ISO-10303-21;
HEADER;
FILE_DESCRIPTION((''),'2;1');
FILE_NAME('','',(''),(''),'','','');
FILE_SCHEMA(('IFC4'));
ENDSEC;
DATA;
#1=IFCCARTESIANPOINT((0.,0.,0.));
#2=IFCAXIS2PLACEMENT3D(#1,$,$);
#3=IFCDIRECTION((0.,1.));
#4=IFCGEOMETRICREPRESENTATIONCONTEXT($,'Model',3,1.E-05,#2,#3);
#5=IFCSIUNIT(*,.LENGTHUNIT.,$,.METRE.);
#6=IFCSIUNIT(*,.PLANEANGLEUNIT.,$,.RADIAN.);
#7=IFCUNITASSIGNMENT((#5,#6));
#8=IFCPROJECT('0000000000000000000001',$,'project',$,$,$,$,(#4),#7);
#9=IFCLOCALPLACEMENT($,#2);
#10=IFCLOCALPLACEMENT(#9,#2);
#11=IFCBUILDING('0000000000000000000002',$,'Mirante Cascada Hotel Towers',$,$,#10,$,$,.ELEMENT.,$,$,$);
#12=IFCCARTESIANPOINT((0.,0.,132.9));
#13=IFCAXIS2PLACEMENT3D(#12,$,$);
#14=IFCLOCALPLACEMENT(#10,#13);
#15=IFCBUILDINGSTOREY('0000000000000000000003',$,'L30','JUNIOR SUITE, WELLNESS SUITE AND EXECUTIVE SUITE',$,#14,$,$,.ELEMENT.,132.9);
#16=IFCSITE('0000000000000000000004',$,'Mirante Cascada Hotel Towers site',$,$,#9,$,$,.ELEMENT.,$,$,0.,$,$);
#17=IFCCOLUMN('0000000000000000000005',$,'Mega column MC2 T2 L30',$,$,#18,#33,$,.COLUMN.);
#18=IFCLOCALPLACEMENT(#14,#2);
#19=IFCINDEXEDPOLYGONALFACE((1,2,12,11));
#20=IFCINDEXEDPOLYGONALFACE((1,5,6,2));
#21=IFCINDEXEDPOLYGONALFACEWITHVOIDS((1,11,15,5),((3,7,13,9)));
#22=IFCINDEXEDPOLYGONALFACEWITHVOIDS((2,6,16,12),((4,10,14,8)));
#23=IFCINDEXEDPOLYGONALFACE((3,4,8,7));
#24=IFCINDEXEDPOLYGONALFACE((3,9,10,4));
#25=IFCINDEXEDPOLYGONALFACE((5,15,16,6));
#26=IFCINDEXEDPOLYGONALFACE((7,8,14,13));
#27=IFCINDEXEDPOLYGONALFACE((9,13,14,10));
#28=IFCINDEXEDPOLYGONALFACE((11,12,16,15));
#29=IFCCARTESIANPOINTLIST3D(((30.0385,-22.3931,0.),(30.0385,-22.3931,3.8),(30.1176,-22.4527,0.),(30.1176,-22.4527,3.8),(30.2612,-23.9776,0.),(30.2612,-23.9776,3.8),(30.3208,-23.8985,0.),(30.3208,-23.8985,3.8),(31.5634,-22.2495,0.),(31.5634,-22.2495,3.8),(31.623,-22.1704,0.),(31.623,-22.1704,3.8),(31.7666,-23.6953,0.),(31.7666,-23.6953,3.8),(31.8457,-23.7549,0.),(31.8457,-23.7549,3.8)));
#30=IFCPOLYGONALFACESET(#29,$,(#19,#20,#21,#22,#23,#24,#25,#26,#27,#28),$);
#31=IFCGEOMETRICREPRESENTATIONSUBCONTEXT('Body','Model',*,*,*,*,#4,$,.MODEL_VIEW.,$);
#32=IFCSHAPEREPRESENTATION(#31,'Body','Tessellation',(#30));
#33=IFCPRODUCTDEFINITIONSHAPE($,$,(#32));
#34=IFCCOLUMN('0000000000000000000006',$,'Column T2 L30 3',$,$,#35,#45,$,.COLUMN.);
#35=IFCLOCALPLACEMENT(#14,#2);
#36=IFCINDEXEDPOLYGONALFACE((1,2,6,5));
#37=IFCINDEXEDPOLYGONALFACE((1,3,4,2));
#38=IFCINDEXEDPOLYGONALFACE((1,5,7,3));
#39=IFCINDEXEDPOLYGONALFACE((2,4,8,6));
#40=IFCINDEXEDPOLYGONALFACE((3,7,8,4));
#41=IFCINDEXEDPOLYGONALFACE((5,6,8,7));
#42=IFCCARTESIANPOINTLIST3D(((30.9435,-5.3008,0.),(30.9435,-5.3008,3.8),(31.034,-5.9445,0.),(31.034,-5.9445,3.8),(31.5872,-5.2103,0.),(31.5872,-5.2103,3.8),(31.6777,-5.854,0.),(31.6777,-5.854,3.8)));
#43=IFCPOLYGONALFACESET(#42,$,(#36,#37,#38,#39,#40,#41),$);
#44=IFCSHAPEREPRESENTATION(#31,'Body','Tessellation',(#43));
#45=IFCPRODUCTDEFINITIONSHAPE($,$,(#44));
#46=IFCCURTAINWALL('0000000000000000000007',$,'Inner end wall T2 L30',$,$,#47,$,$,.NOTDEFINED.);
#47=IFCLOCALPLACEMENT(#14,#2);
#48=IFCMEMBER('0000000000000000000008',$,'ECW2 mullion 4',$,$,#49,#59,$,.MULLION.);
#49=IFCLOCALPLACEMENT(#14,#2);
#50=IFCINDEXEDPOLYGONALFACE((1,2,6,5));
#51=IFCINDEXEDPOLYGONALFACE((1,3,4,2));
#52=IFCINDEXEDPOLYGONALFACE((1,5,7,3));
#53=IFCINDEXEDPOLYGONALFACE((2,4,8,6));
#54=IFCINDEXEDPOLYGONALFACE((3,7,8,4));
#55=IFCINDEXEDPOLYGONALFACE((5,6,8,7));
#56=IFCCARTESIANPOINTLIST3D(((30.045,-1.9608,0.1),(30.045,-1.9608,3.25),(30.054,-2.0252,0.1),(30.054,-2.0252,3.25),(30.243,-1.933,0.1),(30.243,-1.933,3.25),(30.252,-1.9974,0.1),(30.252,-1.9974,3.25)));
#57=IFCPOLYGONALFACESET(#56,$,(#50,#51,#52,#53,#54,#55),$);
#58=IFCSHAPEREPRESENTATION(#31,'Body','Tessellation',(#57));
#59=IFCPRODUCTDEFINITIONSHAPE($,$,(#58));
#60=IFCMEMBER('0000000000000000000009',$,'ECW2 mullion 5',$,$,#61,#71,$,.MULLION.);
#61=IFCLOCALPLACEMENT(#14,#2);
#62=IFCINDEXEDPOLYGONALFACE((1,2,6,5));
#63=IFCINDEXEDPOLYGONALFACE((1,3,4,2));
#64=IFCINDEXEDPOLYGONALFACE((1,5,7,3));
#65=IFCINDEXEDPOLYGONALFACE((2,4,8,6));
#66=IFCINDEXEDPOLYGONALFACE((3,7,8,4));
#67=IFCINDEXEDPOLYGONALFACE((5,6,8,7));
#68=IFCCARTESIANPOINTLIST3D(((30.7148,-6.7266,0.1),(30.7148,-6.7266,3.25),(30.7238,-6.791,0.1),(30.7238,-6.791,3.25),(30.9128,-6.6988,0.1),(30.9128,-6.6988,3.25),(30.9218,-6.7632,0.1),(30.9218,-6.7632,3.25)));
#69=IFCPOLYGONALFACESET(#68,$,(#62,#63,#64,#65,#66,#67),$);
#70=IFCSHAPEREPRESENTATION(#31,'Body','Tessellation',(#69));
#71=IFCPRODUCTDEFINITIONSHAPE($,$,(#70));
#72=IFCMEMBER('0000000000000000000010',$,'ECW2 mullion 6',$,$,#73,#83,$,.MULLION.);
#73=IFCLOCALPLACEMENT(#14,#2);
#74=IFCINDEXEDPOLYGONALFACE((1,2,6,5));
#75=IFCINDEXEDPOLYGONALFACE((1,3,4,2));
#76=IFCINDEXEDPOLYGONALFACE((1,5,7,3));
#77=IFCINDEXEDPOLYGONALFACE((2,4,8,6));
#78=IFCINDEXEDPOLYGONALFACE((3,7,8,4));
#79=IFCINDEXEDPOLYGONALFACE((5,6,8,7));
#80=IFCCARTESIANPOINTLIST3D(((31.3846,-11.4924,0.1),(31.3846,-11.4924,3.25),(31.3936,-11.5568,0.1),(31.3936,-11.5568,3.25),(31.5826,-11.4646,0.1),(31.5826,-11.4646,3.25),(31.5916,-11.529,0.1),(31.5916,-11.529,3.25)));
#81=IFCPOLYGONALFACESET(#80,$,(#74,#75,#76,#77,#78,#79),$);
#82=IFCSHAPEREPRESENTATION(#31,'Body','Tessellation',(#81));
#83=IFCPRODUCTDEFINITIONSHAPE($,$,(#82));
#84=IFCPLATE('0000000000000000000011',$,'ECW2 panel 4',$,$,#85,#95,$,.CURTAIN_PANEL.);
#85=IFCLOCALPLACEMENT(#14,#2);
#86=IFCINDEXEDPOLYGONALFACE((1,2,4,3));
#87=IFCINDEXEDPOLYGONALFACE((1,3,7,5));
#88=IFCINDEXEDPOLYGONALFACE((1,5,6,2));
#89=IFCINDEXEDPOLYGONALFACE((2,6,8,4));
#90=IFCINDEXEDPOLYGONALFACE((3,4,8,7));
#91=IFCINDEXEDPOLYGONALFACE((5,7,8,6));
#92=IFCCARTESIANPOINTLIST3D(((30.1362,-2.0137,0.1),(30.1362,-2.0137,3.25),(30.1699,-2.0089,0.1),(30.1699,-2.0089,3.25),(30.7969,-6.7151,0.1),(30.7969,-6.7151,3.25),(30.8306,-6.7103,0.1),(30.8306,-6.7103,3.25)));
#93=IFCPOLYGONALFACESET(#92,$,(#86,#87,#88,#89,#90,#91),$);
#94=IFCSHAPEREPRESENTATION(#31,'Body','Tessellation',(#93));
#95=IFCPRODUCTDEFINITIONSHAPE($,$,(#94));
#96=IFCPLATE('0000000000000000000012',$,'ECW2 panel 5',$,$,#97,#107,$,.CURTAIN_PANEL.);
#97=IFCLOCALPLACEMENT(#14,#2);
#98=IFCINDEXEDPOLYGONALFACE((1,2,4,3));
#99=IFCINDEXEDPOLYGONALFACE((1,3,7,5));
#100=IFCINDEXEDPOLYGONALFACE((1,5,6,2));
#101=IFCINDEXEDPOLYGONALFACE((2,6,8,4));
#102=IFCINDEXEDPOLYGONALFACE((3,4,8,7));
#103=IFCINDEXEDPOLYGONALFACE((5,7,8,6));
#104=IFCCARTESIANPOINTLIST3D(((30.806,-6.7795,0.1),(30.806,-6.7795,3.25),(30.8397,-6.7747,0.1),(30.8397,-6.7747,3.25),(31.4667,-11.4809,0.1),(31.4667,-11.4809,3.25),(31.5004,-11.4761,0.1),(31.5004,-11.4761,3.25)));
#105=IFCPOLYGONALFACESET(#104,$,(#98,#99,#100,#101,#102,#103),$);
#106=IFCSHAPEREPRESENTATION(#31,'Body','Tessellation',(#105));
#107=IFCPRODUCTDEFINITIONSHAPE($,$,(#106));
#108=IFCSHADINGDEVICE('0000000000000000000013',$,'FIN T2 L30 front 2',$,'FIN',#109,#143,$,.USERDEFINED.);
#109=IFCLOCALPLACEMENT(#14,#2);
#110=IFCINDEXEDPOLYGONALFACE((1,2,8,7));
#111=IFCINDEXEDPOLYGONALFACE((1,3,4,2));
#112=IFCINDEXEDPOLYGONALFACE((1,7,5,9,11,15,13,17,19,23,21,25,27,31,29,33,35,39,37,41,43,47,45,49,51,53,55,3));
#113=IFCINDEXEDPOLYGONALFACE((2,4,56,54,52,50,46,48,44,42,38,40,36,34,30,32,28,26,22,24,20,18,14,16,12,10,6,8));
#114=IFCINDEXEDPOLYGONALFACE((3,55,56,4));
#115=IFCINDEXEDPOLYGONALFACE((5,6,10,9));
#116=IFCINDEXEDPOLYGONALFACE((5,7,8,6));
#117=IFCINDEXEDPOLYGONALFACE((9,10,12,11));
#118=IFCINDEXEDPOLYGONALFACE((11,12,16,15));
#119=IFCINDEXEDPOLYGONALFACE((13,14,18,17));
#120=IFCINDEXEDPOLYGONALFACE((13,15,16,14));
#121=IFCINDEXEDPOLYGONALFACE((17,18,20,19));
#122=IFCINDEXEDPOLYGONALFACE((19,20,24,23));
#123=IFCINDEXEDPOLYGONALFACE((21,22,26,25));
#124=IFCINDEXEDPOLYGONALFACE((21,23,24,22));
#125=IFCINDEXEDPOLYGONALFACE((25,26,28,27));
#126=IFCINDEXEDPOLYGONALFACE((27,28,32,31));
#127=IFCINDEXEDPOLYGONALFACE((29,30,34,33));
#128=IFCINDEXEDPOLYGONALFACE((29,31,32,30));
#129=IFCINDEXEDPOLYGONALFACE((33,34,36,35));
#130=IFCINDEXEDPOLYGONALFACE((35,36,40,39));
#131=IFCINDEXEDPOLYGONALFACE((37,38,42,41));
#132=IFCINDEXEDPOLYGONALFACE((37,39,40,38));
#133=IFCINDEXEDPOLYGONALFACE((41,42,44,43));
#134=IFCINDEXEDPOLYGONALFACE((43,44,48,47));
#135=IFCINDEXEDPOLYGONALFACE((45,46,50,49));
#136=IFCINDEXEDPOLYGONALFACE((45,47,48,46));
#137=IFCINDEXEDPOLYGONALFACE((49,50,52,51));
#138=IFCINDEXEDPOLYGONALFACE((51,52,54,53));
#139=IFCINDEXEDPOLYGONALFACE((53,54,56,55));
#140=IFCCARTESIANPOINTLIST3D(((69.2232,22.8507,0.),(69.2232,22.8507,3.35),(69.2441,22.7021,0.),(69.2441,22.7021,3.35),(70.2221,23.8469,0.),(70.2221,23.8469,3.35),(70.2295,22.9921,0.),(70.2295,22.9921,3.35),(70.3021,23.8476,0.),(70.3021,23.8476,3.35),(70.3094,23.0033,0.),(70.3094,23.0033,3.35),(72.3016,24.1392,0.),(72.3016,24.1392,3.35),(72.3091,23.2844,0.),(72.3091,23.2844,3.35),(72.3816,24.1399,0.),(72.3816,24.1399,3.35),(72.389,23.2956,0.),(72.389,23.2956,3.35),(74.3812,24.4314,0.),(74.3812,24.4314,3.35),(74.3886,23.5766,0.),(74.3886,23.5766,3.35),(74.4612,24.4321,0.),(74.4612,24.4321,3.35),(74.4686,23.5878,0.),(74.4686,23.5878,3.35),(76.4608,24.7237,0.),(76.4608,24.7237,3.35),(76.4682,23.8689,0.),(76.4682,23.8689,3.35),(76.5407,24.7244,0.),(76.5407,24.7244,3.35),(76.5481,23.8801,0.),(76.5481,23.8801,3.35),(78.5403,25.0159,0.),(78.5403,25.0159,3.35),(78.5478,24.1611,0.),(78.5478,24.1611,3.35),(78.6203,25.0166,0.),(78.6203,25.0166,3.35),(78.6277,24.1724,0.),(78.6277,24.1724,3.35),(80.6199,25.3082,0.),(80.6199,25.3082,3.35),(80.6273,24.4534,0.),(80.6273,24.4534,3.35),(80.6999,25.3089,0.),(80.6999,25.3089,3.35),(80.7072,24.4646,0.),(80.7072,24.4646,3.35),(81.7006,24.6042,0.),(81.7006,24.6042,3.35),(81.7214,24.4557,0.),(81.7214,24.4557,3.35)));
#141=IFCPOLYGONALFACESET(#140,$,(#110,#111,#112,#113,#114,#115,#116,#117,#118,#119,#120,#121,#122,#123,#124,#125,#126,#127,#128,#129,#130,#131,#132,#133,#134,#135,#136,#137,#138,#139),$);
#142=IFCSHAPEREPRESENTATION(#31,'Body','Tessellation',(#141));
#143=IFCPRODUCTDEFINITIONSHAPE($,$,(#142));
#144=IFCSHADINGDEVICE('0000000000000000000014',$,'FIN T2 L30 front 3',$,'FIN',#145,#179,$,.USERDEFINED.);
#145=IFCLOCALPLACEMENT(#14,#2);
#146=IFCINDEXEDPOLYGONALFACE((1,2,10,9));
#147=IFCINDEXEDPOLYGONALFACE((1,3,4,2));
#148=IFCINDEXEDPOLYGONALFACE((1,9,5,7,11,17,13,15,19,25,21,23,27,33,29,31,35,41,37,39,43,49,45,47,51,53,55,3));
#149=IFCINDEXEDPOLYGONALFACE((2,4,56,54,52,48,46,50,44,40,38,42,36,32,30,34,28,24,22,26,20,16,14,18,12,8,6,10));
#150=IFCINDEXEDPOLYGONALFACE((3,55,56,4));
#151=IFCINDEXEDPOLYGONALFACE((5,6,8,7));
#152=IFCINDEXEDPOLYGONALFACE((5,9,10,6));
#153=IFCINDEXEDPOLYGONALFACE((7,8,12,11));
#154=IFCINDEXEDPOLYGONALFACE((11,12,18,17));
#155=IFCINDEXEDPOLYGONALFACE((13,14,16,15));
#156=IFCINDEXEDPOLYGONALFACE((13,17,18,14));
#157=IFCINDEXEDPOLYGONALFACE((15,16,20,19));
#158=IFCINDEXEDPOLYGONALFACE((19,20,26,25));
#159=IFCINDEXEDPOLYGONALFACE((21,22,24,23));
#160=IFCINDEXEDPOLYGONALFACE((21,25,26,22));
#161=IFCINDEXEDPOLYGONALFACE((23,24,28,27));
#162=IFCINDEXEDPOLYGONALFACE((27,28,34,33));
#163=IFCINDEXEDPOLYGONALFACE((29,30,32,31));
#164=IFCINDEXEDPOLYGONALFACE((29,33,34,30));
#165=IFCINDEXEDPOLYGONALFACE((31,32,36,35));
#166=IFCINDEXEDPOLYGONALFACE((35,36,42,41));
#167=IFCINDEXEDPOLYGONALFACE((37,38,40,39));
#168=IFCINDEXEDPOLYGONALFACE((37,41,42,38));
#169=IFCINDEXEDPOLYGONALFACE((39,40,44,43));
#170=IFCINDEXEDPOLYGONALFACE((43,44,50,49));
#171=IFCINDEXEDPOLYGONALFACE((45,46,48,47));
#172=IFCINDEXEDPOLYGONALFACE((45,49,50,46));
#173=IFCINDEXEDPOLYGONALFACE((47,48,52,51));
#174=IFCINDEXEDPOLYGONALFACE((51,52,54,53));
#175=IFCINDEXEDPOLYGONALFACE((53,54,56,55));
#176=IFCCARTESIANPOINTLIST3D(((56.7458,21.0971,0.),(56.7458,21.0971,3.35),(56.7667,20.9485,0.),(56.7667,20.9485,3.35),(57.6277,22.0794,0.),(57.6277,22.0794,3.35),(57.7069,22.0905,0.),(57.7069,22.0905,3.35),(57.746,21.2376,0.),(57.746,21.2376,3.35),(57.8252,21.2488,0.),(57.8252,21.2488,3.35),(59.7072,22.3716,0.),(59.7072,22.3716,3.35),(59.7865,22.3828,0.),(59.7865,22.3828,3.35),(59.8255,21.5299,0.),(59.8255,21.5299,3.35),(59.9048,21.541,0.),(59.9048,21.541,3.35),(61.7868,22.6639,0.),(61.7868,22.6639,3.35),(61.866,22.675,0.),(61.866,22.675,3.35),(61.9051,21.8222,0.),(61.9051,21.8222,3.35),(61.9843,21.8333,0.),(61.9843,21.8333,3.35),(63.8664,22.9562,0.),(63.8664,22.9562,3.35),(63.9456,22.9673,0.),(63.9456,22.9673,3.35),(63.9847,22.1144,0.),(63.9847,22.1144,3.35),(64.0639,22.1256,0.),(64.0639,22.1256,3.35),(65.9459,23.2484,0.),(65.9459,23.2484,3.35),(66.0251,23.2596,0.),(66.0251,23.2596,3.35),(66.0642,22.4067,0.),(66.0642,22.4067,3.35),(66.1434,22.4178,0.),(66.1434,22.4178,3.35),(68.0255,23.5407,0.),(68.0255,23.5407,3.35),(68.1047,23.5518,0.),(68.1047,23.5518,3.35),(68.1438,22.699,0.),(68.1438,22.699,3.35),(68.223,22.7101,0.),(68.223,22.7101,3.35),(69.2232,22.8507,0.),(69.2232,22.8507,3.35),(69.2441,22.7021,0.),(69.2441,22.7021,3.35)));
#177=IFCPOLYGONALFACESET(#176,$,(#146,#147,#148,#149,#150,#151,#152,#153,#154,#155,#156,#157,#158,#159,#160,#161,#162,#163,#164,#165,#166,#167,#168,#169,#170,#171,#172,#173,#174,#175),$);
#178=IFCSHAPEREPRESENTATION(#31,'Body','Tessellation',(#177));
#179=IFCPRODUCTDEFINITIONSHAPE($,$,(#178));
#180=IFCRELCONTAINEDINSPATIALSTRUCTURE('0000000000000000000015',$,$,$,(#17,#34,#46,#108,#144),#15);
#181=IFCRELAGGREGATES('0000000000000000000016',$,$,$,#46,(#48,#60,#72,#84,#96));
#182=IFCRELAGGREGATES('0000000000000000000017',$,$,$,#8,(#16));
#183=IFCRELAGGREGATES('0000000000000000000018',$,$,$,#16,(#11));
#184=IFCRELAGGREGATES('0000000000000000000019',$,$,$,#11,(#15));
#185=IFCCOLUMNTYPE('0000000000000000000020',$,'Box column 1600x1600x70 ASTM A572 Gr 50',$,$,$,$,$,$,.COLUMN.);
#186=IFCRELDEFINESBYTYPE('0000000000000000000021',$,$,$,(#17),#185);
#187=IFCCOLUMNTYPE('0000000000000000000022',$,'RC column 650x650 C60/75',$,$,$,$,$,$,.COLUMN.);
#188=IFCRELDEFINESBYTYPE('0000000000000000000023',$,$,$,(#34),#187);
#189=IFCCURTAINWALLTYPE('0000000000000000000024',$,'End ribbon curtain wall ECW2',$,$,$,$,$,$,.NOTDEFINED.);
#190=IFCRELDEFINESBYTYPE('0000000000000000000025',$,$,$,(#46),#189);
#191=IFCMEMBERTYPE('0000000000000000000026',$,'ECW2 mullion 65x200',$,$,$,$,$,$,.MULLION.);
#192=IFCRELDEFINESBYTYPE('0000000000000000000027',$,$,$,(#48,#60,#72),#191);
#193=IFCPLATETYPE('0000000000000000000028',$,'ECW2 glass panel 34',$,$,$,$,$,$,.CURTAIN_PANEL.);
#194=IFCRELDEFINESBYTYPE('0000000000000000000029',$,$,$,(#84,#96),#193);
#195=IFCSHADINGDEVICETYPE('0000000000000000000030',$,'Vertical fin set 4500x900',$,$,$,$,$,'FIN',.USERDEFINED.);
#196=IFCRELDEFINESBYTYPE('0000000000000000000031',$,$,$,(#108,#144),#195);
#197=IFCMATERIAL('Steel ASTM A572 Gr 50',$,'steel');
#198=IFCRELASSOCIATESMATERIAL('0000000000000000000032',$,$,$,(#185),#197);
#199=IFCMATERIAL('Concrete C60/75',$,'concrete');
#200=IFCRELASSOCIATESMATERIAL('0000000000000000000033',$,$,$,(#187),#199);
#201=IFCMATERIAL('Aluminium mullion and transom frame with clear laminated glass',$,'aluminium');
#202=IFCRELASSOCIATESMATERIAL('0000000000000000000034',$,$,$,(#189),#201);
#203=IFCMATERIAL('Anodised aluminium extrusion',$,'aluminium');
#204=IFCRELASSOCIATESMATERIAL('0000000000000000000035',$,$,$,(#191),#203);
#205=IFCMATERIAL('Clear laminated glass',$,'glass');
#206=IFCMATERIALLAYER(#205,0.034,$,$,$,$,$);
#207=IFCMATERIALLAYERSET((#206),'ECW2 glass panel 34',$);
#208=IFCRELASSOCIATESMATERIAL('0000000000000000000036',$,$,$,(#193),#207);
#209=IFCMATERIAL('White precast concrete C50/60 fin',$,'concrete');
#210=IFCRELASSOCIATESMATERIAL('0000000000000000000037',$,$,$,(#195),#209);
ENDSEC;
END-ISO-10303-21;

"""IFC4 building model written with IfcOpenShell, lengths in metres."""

from ifc_helpers import new_model, si_unit, direction, frame, origin, origin_2d, place, context, subcontext, project, spatial, polyline, rectangle, hollow_rectangle, outline, extrude, material, layer, layer_set, material_profile, profile_set, type_object, element, aggregate, save


model = new_model("IFC4")

# Units and contexts
model_context = context("Model", 3, precision=1e-05, world=origin(), true_north=direction((0.0, 1.0)))
body_context = subcontext(model_context, "Body", "Model", "MODEL_VIEW")
ifc_project = project(units=[si_unit("LENGTHUNIT", "METRE"), si_unit("PLANEANGLEUNIT", "RADIAN")], contexts=[model_context])

# Site, building, storey
site_placement = place(None, origin())
site = spatial("IfcSite", under=ifc_project, at=site_placement, Name="Mirante Cascada Hotel Towers site", CompositionType="ELEMENT", RefElevation=0.0)
building_placement = place(site_placement, origin())
building = spatial("IfcBuilding", under=site, at=building_placement, Name="Mirante Cascada Hotel Towers", CompositionType="ELEMENT")
storey_placement = place(building_placement, frame((0.0, 0.0, 132.9)))
storey = spatial("IfcBuildingStorey", under=building, at=storey_placement, Name="L30", Description="JUNIOR SUITE, WELLNESS SUITE AND EXECUTIVE SUITE", CompositionType="ELEMENT", Elevation=132.9)

# Columns
ifc_material_1 = material(Name="Steel ASTM A572 Gr 50", Category="steel")
ifc_material_profile_1 = material_profile(ifc_material_1, hollow_rectangle(XDim=1.6, YDim=1.6, WallThickness=0.07, at=origin_2d()), Name="Box column 1600x1600x70 ASTM A572 Gr 50")
ifc_profile_set_1 = profile_set([ifc_material_profile_1], Name="Steel ASTM A572 Gr 50")
column_type_1 = type_object("IfcColumnType", Name="Box column 1600x1600x70 ASTM A572 Gr 50", PredefinedType="COLUMN", material=ifc_profile_set_1)
column_1_placement = place(storey_placement, frame((30.9421, -23.074, 0.0), z_axis=(0.0, 0.0, 1.0), x_axis=(0.990268, 0.139173, 0.0)))
element("IfcColumn", 1, at=column_1_placement, inside=storey, type_object=column_type_1, Name="Mega column MC2 T2 L30", PredefinedType="COLUMN", context=body_context, shape_type="SweptSolid", body=[
    extrude(hollow_rectangle(XDim=1.6, YDim=1.6, WallThickness=0.07, at=origin_2d()), origin(), (0.0, 0.0, 1.0), 3.8),
])
ifc_material_2 = material(Name="Concrete C60/75", Category="concrete")
ifc_material_profile_2 = material_profile(ifc_material_2, rectangle(XDim=0.65, YDim=0.65, at=origin_2d()), Name="RC column 650x650 C60/75")
ifc_profile_set_2 = profile_set([ifc_material_profile_2], Name="Concrete C60/75")
column_type_2 = type_object("IfcColumnType", Name="RC column 650x650 C60/75", PredefinedType="COLUMN", material=ifc_profile_set_2)
column_2_placement = place(storey_placement, frame((31.3106, -5.5774, 0.0), z_axis=(0.0, 0.0, 1.0), x_axis=(0.990268, 0.139173, 0.0)))
element("IfcColumn", 2, at=column_2_placement, inside=storey, type_object=column_type_2, Name="Column T2 L30 3", PredefinedType="COLUMN", context=body_context, shape_type="SweptSolid", body=[
    extrude(rectangle(XDim=0.65, YDim=0.65, at=origin_2d()), origin(), (0.0, 0.0, 1.0), 3.8),
])

# Curtain wall, members, plates
ifc_material_3 = material(Name="Aluminium mullion and transom frame with clear laminated glass", Category="aluminium")
curtain_wall_type = type_object("IfcCurtainWallType", Name="End ribbon curtain wall ECW2", PredefinedType="NOTDEFINED", material=ifc_material_3)
curtain_wall_placement = place(storey_placement, origin())
curtain_wall = element("IfcCurtainWall", 3, at=curtain_wall_placement, inside=storey, type_object=curtain_wall_type, Name="Inner end wall T2 L30", PredefinedType="NOTDEFINED")
ifc_material_4 = material(Name="Anodised aluminium extrusion", Category="aluminium")
ifc_material_profile_3 = material_profile(ifc_material_4, rectangle(XDim=0.2, YDim=0.065, at=origin_2d()), Name="ECW2 MULLION 65x200")
ifc_profile_set_3 = profile_set([ifc_material_profile_3], Name="Anodised aluminium extrusion")
member_type = type_object("IfcMemberType", Name="ECW2 mullion 65x200", PredefinedType="MULLION", material=ifc_profile_set_3)
member_1_placement = place(storey_placement, frame((30.1485, -1.9791, 0.1), z_axis=(0.0, 0.0, 1.0), x_axis=(0.990268, 0.139173, 0.0)))
member_1 = element("IfcMember", 4, at=member_1_placement, type_object=member_type, Name="ECW2 mullion 4", PredefinedType="MULLION", context=body_context, shape_type="SweptSolid", body=[
    extrude(rectangle(XDim=0.2, YDim=0.065, at=origin_2d()), origin(), (0.0, 0.0, 1.0), 3.15),
])
member_2_placement = place(storey_placement, frame((30.8183, -6.7449, 0.1), z_axis=(0.0, 0.0, 1.0), x_axis=(0.990268, 0.139173, 0.0)))
member_2 = element("IfcMember", 5, at=member_2_placement, type_object=member_type, Name="ECW2 mullion 5", PredefinedType="MULLION", context=body_context, shape_type="SweptSolid", body=[
    extrude(rectangle(XDim=0.2, YDim=0.065, at=origin_2d()), origin(), (0.0, 0.0, 1.0), 3.15),
])
member_3_placement = place(storey_placement, frame((31.4881, -11.5107, 0.1), z_axis=(0.0, 0.0, 1.0), x_axis=(0.990268, 0.139173, 0.0)))
member_3 = element("IfcMember", 6, at=member_3_placement, type_object=member_type, Name="ECW2 mullion 6", PredefinedType="MULLION", context=body_context, shape_type="SweptSolid", body=[
    extrude(rectangle(XDim=0.2, YDim=0.065, at=origin_2d()), origin(), (0.0, 0.0, 1.0), 3.15),
])
ifc_material_5 = material(Name="Clear laminated glass", Category="glass")
ifc_layer = layer(ifc_material_5, 0.034)
ifc_layer_set = layer_set([ifc_layer], Name="ECW2 glass panel 34")
plate_type = type_object("IfcPlateType", Name="ECW2 glass panel 34", PredefinedType="CURTAIN_PANEL", material=ifc_layer_set)
plate_1_placement = place(storey_placement, frame((30.4834, -4.362, 0.1), z_axis=(0.0, 0.0, 1.0), x_axis=(0.139173, -0.990268, 0.0)))
plate_1 = element("IfcPlate", 7, at=plate_1_placement, type_object=plate_type, Name="ECW2 panel 4", PredefinedType="CURTAIN_PANEL", context=body_context, shape_type="SweptSolid", body=[
    extrude(rectangle(XDim=4.7476, YDim=0.034, at=origin_2d()), origin(), (0.0, 0.0, 1.0), 3.15),
])
plate_2_placement = place(storey_placement, frame((31.1532, -9.1278, 0.1), z_axis=(0.0, 0.0, 1.0), x_axis=(0.139173, -0.990268, 0.0)))
plate_2 = element("IfcPlate", 8, at=plate_2_placement, type_object=plate_type, Name="ECW2 panel 5", PredefinedType="CURTAIN_PANEL", context=body_context, shape_type="SweptSolid", body=[
    extrude(rectangle(XDim=4.7476, YDim=0.034, at=origin_2d()), origin(), (0.0, 0.0, 1.0), 3.15),
])
aggregate(curtain_wall, [member_1, member_2, member_3, plate_1, plate_2])

# Shading devices
ifc_material_6 = material(Name="White precast concrete C50/60 fin", Category="concrete")
shading_device_type = type_object("IfcShadingDeviceType", Name="Vertical fin set 4500x900", ElementType="FIN", PredefinedType="USERDEFINED", material=ifc_material_6)
shading_device_1_placement = place(storey_placement, origin())
element("IfcShadingDevice", 9, at=shading_device_1_placement, inside=storey, type_object=shading_device_type, Name="FIN T2 L30 front 2", ObjectType="FIN", PredefinedType="USERDEFINED", context=body_context, shape_type="SweptSolid", body=[
    extrude(outline(polyline([(70.3021, 23.8476), (70.3094, 23.0033), (72.3091, 23.2844), (72.3016, 24.1392), (72.3816, 24.1399), (72.389, 23.2956), (74.3886, 23.5766), (74.3812, 24.4314), (74.4612, 24.4321), (74.4686, 23.5878), (76.4682, 23.8689), (76.4608, 24.7237), (76.5407, 24.7244), (76.5481, 23.8801), (78.5478, 24.1611), (78.5403, 25.0159), (78.6203, 25.0166), (78.6277, 24.1724), (80.6273, 24.4534), (80.6199, 25.3082), (80.6999, 25.3089), (80.7072, 24.4646), (81.7006, 24.6042), (81.7214, 24.4557), (69.2441, 22.7021), (69.2232, 22.8507), (70.2295, 22.9921), (70.2221, 23.8469), (70.3021, 23.8476)])), origin(), (0.0, 0.0, 1.0), 3.35),
])
shading_device_2_placement = place(storey_placement, origin())
element("IfcShadingDevice", 10, at=shading_device_2_placement, inside=storey, type_object=shading_device_type, Name="FIN T2 L30 front 3", ObjectType="FIN", PredefinedType="USERDEFINED", context=body_context, shape_type="SweptSolid", body=[
    extrude(outline(polyline([(57.7069, 22.0905), (57.8252, 21.2488), (59.8255, 21.5299), (59.7072, 22.3716), (59.7865, 22.3828), (59.9048, 21.541), (61.9051, 21.8222), (61.7868, 22.6639), (61.866, 22.675), (61.9843, 21.8333), (63.9847, 22.1144), (63.8664, 22.9562), (63.9456, 22.9673), (64.0639, 22.1256), (66.0642, 22.4067), (65.9459, 23.2484), (66.0251, 23.2596), (66.1434, 22.4178), (68.1438, 22.699), (68.0255, 23.5407), (68.1047, 23.5518), (68.223, 22.7101), (69.2232, 22.8507), (69.2441, 22.7021), (56.7667, 20.9485), (56.7458, 21.0971), (57.746, 21.2376), (57.6277, 22.0794), (57.7069, 22.0905)])), origin(), (0.0, 0.0, 1.0), 3.35),
])

save(model, "model.ifc")
